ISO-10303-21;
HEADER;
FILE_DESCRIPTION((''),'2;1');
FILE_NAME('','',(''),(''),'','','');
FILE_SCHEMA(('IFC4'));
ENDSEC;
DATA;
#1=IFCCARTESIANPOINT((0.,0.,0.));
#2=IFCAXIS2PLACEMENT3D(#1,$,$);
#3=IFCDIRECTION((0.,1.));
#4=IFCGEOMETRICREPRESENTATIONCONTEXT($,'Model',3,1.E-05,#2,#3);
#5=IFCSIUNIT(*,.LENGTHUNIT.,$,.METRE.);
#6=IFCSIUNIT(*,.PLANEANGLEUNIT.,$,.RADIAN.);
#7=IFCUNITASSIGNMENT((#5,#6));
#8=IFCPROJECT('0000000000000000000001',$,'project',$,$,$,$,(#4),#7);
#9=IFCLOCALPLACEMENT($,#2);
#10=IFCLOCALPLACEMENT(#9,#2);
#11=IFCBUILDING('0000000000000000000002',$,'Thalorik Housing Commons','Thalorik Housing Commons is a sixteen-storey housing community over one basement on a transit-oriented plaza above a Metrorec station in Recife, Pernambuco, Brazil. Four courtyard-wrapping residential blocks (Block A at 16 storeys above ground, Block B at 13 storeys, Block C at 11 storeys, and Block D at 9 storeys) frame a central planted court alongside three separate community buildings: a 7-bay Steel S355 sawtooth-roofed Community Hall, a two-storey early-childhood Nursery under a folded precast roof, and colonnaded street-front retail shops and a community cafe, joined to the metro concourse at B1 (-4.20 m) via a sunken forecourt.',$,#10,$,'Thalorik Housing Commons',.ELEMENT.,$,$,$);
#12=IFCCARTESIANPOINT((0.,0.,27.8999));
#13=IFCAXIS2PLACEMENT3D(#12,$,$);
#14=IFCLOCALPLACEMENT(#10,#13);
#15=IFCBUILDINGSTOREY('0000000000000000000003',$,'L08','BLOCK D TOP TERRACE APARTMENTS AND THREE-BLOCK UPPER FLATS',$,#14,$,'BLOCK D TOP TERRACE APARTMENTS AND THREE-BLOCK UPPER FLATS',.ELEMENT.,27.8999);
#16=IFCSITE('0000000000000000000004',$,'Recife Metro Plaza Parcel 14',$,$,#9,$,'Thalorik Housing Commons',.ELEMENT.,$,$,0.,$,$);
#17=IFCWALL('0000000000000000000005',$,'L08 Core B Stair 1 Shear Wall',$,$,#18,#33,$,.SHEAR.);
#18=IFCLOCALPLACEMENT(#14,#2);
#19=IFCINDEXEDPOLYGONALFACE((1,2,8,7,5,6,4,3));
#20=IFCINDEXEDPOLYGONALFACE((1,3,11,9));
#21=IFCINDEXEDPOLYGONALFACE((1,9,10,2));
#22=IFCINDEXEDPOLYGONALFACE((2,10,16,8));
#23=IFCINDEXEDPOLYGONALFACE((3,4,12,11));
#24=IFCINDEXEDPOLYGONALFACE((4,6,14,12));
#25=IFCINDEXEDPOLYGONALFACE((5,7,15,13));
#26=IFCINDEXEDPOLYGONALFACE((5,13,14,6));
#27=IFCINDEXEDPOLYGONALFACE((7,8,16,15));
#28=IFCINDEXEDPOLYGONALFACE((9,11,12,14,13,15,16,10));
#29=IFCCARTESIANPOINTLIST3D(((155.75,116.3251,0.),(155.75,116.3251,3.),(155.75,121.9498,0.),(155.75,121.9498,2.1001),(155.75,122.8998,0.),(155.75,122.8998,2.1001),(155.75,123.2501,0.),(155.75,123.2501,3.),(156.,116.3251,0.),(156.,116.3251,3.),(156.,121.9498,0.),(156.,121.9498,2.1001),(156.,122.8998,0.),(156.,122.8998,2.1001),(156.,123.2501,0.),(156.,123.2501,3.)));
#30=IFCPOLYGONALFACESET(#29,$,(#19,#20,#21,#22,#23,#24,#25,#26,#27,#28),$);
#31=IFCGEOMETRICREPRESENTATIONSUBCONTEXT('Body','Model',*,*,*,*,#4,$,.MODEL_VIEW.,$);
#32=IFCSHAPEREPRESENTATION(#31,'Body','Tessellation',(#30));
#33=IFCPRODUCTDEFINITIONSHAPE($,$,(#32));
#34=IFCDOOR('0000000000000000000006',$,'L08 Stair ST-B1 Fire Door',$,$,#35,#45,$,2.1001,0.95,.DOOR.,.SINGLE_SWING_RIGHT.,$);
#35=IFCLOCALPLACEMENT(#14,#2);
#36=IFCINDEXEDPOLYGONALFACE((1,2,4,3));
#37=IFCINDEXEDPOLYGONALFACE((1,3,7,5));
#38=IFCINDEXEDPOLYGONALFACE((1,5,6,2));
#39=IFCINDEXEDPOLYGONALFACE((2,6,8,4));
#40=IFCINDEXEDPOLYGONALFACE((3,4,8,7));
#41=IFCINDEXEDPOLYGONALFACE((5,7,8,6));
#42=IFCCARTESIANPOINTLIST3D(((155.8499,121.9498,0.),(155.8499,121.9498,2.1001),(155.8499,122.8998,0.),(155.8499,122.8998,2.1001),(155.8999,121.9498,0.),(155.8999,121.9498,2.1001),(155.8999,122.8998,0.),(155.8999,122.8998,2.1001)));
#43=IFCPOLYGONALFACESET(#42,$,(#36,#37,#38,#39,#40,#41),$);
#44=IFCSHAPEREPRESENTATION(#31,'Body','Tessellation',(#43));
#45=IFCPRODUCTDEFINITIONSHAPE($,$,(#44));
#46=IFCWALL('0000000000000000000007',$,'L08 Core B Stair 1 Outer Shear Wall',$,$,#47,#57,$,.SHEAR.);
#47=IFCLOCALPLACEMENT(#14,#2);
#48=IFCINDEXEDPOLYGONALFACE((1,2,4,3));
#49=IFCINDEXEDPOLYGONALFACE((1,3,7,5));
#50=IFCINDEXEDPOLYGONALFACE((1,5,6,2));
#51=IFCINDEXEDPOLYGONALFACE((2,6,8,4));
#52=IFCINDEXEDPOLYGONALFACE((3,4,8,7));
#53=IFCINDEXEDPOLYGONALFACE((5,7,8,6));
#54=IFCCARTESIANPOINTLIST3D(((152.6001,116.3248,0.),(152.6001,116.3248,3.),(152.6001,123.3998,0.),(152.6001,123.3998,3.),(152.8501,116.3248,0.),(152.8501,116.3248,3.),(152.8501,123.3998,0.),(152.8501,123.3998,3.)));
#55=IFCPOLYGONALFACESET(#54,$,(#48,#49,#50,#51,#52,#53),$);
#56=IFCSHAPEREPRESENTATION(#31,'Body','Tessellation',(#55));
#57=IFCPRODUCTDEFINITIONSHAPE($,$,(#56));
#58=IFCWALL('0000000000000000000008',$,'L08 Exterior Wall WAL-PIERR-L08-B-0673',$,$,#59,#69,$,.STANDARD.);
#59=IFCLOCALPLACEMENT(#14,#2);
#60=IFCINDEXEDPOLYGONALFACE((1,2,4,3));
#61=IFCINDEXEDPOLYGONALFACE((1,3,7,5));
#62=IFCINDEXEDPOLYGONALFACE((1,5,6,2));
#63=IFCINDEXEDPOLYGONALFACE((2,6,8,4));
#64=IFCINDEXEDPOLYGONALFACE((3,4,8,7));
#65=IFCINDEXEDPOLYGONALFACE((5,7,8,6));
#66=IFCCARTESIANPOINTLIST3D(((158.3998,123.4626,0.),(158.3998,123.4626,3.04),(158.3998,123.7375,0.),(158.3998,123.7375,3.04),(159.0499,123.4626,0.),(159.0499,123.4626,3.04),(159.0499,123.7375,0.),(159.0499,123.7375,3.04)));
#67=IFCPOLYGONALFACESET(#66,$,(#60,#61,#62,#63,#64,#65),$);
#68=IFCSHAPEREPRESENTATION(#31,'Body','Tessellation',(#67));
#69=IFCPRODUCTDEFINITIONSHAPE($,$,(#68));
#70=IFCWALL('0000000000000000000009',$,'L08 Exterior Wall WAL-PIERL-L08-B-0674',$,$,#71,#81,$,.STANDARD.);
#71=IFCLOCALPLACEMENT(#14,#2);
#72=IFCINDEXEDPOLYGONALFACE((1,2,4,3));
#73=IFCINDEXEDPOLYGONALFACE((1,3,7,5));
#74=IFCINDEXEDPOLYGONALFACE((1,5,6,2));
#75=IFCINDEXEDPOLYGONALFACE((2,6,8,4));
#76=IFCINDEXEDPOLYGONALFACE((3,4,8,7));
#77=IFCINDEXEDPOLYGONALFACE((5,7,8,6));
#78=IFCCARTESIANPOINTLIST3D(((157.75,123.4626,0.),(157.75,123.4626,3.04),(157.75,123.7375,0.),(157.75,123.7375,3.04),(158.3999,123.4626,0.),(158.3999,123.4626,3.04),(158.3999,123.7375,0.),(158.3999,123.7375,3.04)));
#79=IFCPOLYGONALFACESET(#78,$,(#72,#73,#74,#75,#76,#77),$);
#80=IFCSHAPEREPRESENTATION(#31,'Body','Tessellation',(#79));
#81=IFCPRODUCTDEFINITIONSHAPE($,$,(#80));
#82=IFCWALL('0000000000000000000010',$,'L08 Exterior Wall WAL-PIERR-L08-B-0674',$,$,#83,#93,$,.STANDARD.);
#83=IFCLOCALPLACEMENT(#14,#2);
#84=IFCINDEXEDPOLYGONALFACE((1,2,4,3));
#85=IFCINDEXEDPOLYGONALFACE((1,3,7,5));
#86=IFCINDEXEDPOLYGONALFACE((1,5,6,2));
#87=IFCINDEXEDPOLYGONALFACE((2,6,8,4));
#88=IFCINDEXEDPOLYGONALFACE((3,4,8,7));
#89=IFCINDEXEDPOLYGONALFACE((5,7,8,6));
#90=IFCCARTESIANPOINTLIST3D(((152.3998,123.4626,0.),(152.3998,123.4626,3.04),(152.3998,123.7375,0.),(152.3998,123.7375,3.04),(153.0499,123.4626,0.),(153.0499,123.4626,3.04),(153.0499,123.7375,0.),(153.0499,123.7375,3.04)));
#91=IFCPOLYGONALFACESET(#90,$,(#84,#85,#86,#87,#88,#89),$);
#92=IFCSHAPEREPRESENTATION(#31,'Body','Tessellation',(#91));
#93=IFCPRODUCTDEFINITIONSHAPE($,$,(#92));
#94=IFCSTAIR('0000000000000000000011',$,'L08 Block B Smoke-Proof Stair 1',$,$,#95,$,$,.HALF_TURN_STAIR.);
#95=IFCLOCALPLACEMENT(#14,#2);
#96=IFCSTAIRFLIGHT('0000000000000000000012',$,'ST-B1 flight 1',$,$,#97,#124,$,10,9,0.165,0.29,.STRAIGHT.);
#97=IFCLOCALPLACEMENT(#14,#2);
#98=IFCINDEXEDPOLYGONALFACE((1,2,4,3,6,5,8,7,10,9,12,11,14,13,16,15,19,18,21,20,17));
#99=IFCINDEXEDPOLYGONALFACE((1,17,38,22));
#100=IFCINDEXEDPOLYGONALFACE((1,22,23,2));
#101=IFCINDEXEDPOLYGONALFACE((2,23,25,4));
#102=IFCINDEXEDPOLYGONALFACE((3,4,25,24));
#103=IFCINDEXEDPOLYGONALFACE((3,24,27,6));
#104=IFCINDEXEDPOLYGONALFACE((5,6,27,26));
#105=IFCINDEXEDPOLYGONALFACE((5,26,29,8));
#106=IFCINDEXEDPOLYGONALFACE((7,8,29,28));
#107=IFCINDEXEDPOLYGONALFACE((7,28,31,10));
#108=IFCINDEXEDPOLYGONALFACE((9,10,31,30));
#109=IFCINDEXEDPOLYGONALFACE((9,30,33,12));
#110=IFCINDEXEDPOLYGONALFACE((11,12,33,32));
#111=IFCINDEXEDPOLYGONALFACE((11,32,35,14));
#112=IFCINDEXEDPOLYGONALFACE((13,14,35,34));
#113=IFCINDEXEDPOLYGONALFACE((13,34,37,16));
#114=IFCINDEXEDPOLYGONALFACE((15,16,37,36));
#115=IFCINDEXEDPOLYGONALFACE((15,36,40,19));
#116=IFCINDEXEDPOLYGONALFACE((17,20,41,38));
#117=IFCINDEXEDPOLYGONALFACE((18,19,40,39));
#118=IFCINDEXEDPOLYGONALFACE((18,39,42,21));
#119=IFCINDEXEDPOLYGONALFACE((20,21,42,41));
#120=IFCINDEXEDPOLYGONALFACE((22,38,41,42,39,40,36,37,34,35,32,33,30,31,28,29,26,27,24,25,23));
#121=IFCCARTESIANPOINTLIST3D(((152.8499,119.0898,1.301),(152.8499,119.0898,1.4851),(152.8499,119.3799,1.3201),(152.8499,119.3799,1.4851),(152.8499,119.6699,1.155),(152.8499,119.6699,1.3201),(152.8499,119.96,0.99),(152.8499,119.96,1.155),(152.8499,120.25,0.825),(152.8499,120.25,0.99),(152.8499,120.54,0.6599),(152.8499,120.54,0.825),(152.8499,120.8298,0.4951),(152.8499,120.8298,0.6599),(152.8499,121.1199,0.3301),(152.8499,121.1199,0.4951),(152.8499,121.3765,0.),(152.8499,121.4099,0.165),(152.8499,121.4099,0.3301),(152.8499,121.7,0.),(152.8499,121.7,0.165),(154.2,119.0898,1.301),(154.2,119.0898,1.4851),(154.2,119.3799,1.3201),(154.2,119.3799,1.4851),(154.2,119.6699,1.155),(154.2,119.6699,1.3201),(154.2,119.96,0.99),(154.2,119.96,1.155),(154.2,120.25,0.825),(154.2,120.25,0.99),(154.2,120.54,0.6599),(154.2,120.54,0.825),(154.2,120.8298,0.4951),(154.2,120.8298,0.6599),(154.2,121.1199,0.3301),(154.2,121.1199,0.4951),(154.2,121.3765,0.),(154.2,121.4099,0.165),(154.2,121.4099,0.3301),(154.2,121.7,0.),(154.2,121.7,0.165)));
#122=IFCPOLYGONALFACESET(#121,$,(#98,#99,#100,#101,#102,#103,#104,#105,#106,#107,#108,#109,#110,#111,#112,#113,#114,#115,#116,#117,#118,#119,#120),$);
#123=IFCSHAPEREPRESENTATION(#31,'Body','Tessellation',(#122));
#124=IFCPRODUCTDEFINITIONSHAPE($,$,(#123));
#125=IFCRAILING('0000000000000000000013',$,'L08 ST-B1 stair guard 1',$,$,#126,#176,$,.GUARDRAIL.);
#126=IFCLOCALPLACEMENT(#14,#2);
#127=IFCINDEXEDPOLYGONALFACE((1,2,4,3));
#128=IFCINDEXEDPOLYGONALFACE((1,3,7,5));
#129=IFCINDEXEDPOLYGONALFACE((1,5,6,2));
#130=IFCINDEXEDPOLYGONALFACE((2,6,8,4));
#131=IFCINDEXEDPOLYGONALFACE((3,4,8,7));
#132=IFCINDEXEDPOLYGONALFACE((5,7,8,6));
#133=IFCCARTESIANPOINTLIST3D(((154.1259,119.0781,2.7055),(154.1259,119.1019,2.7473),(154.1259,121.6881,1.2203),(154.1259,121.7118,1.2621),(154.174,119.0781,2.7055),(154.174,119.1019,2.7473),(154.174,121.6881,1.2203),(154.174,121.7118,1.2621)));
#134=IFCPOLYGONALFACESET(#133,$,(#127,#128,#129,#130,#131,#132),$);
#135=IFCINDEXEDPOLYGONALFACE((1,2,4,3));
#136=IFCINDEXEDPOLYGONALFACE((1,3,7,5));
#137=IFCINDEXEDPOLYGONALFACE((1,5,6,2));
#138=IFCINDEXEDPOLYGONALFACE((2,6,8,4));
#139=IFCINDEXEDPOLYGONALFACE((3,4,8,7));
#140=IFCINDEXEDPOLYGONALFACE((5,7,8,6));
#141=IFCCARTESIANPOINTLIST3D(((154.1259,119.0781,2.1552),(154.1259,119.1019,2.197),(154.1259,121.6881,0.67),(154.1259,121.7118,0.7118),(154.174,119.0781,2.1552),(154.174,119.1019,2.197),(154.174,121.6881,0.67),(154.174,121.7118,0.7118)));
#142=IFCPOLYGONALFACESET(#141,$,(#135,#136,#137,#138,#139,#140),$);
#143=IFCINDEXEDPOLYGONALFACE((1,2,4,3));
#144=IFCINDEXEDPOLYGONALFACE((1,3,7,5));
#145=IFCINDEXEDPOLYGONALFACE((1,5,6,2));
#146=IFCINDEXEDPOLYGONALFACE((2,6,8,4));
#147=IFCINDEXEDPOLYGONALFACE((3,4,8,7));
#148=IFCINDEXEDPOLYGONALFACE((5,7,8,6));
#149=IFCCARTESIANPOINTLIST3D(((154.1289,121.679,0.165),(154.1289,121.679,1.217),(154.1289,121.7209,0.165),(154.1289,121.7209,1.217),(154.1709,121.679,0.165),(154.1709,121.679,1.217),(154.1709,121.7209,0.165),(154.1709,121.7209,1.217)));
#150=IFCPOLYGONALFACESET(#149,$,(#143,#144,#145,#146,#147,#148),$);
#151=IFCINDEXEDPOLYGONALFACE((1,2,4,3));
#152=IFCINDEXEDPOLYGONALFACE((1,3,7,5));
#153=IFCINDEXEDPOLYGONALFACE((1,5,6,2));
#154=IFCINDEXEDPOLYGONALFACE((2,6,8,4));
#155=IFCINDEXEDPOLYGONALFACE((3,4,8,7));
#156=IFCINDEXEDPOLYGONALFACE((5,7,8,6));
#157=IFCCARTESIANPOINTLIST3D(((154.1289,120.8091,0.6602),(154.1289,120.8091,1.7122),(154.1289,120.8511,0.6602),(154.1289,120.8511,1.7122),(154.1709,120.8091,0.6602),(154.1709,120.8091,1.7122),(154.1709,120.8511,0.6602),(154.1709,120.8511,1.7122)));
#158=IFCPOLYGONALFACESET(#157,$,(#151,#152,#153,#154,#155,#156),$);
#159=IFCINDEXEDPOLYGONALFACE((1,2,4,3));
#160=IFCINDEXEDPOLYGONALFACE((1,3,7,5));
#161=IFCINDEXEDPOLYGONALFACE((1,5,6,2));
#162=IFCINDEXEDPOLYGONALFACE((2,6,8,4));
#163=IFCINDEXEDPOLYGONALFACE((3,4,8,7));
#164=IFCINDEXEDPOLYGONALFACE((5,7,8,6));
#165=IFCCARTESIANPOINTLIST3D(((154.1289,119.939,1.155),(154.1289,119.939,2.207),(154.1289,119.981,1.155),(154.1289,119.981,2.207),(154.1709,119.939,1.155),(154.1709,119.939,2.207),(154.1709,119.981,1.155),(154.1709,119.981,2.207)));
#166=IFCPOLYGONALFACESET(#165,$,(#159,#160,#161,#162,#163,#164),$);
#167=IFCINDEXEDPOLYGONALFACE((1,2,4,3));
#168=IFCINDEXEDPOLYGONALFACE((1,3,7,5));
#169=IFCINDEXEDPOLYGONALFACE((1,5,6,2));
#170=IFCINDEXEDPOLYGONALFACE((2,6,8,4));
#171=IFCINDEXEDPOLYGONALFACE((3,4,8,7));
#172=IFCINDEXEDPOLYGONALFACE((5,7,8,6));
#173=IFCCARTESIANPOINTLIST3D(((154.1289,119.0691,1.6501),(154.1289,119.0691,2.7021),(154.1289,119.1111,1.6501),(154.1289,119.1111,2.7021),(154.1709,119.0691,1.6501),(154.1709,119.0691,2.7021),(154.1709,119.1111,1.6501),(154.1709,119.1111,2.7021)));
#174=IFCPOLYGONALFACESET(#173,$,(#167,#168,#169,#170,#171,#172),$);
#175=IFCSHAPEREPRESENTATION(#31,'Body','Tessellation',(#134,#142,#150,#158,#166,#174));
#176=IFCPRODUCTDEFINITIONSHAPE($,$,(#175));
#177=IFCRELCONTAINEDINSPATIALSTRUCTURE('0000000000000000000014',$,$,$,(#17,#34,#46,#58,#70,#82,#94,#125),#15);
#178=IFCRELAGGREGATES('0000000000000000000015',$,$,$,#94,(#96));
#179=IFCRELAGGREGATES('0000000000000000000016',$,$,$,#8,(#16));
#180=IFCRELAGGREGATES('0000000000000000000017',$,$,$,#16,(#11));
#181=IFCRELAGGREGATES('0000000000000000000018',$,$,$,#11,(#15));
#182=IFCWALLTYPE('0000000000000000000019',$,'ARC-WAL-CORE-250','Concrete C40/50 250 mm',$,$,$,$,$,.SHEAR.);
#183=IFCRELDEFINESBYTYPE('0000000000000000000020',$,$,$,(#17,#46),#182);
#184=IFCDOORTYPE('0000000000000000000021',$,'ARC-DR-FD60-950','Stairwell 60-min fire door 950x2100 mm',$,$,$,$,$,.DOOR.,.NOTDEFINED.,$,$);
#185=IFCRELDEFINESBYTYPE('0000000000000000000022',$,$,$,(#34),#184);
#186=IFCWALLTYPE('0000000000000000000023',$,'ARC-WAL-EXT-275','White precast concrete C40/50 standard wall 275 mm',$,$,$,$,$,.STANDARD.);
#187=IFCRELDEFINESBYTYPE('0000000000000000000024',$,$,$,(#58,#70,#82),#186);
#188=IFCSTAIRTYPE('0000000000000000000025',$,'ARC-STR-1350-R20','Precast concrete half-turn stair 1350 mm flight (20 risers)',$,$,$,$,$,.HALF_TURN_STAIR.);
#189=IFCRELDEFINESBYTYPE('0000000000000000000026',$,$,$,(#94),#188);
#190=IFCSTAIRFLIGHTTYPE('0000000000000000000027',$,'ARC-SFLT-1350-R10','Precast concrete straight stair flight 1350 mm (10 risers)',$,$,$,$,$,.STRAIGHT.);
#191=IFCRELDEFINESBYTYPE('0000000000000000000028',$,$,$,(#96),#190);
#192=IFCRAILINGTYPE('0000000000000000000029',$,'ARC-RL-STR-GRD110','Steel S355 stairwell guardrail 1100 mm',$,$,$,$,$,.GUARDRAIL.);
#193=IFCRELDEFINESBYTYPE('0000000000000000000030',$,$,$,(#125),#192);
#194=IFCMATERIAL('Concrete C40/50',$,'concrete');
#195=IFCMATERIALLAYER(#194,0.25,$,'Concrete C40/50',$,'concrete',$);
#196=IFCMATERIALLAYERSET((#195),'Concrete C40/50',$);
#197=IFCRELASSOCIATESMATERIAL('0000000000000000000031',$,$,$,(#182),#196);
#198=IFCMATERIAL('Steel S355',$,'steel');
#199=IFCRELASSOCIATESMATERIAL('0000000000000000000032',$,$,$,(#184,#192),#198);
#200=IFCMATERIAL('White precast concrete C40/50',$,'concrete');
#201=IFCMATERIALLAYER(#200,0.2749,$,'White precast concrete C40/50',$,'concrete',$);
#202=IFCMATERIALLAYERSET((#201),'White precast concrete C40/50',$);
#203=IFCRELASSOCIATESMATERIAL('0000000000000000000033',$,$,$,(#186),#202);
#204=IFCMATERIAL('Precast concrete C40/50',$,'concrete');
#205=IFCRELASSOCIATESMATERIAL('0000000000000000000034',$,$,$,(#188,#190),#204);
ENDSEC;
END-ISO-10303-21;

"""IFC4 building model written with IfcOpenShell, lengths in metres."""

from ifc_helpers import new_model, si_unit, direction, frame, frame_2d, origin, origin_2d, place, context, subcontext, project, spatial, polyline, rectangle, outline, extrude, material, layer, layer_set, type_object, element, fill, aggregate, save


model = new_model("IFC4")

# Units and contexts
model_context = context("Model", 3, precision=1e-05, world=origin(), true_north=direction((0.0, 1.0)))
body_context = subcontext(model_context, "Body", "Model", "MODEL_VIEW")
ifc_project = project(units=[si_unit("LENGTHUNIT", "METRE"), si_unit("PLANEANGLEUNIT", "RADIAN")], contexts=[model_context])

# Site, building, storey
site_placement = place(None, origin())
site = spatial("IfcSite", under=ifc_project, at=site_placement, Name="Recife Metro Plaza Parcel 14", LongName="Thalorik Housing Commons", CompositionType="ELEMENT", RefElevation=0.0)
building_placement = place(site_placement, origin())
building = spatial("IfcBuilding", under=site, at=building_placement, Name="Thalorik Housing Commons", Description="Thalorik Housing Commons is a sixteen-storey housing community over one basement on a transit-oriented plaza above a Metrorec station in Recife, Pernambuco, Brazil. Four courtyard-wrapping residential blocks (Block A at 16 storeys above ground, Block B at 13 storeys, Block C at 11 storeys, and Block D at 9 storeys) frame a central planted court alongside three separate community buildings: a 7-bay Steel S355 sawtooth-roofed Community Hall, a two-storey early-childhood Nursery under a folded precast roof, and colonnaded street-front retail shops and a community cafe, joined to the metro concourse at B1 (-4.20 m) via a sunken forecourt.", LongName="Thalorik Housing Commons", CompositionType="ELEMENT")
storey_placement = place(building_placement, frame((0.0, 0.0, 27.8999)))
storey = spatial("IfcBuildingStorey", under=building, at=storey_placement, Name="L08", Description="BLOCK D TOP TERRACE APARTMENTS AND THREE-BLOCK UPPER FLATS", LongName="BLOCK D TOP TERRACE APARTMENTS AND THREE-BLOCK UPPER FLATS", CompositionType="ELEMENT", Elevation=27.8999)

# Shared definitions
ifc_material_1 = material(Name="Precast concrete C40/50", Category="concrete")

# Wall, opening, door
ifc_material_2 = material(Name="Concrete C40/50", Category="concrete")
ifc_layer_1 = layer(ifc_material_2, 0.25, Name="Concrete C40/50", Category="concrete")
ifc_layer_set_1 = layer_set([ifc_layer_1], Name="Concrete C40/50")
wall_type_1 = type_object("IfcWallType", Name="ARC-WAL-CORE-250", Description="Concrete C40/50 250 mm", PredefinedType="SHEAR", material=ifc_layer_set_1)
wall_1_placement = place(storey_placement, frame((155.875, 123.25, 0.0), z_axis=(0.0, 0.0, 1.0), x_axis=(0.0, -1.0, 0.0)))
wall_1 = element("IfcWall", 1, at=wall_1_placement, inside=storey, type_object=wall_type_1, Name="L08 Core B Stair 1 Shear Wall", PredefinedType="SHEAR", context=body_context, shape_type="SweptSolid", body=[
    extrude(rectangle(XDim=6.925, YDim=0.25, at=frame_2d((3.4624, 0.0))), origin(), (0.0, 0.0, 1.0), 3.0),
])
opening_placement = place(wall_1_placement, frame((0.3501, 0.0, 0.0)))
opening = element("IfcOpeningElement", 2, at=opening_placement, cuts=wall_1, PredefinedType="OPENING", context=body_context, shape_type="SweptSolid", body=[
    extrude(rectangle(XDim=0.95, YDim=2.1001, at=frame_2d((0.4751, 1.05))), frame((0.0, 0.135, 0.0), z_axis=(0.0, -1.0, 0.0), x_axis=(1.0, 0.0, 0.0)), (0.0, 0.0, 1.0), 0.27),
])
ifc_material_3 = material(Name="Steel S355", Category="steel")
door_type = type_object("IfcDoorType", Name="ARC-DR-FD60-950", Description="Stairwell 60-min fire door 950x2100 mm", OperationType="NOTDEFINED", PredefinedType="DOOR", material=ifc_material_3)
door_placement = place(opening_placement, origin())
door = element("IfcDoor", 3, at=door_placement, inside=storey, type_object=door_type, Name="L08 Stair ST-B1 Fire Door", OperationType="SINGLE_SWING_RIGHT", OverallHeight=2.1001, OverallWidth=0.95, PredefinedType="DOOR", context=body_context, shape_type="SweptSolid", body=[
    extrude(rectangle(XDim=0.95, YDim=2.1001, at=frame_2d((0.4751, 1.05))), frame((0.0, 0.0249, 0.0), z_axis=(0.0, -1.0, 0.0), x_axis=(1.0, 0.0, 0.0)), (0.0, 0.0, 1.0), 0.05),
])
fill(opening, door)

# Walls
wall_2_placement = place(storey_placement, frame((152.7251, 123.3999, 0.0), z_axis=(0.0, 0.0, 1.0), x_axis=(0.0, -1.0, 0.0)))
element("IfcWall", 4, at=wall_2_placement, inside=storey, type_object=wall_type_1, Name="L08 Core B Stair 1 Outer Shear Wall", PredefinedType="SHEAR", context=body_context, shape_type="SweptSolid", body=[
    extrude(rectangle(XDim=7.075, YDim=0.25, at=frame_2d((3.5376, 0.0))), origin(), (0.0, 0.0, 1.0), 3.0),
])
ifc_material_4 = material(Name="White precast concrete C40/50", Category="concrete")
ifc_layer_2 = layer(ifc_material_4, 0.2749, Name="White precast concrete C40/50", Category="concrete")
ifc_layer_set_2 = layer_set([ifc_layer_2], Name="White precast concrete C40/50")
wall_type_2 = type_object("IfcWallType", Name="ARC-WAL-EXT-275", Description="White precast concrete C40/50 standard wall 275 mm", PredefinedType="STANDARD", material=ifc_layer_set_2)
wall_3_placement = place(storey_placement, frame((159.05, 123.6001, 0.0), z_axis=(0.0, 0.0, 1.0), x_axis=(-1.0, 0.0, 0.0)))
element("IfcWall", 5, at=wall_3_placement, inside=storey, type_object=wall_type_2, Name="L08 Exterior Wall WAL-PIERR-L08-B-0673", PredefinedType="STANDARD", context=body_context, shape_type="SweptSolid", body=[
    extrude(rectangle(XDim=0.6501, YDim=0.2749, at=frame_2d((0.3252, 0.0))), origin(), (0.0, 0.0, 1.0), 3.04),
])
wall_4_placement = place(storey_placement, frame((158.3999, 123.6001, 0.0), z_axis=(0.0, 0.0, 1.0), x_axis=(-1.0, 0.0, 0.0)))
element("IfcWall", 6, at=wall_4_placement, inside=storey, type_object=wall_type_2, Name="L08 Exterior Wall WAL-PIERL-L08-B-0674", PredefinedType="STANDARD", context=body_context, shape_type="SweptSolid", body=[
    extrude(rectangle(XDim=0.6499, YDim=0.2749, at=frame_2d((0.325, 0.0))), origin(), (0.0, 0.0, 1.0), 3.04),
])
wall_5_placement = place(storey_placement, frame((153.05, 123.6001, 0.0), z_axis=(0.0, 0.0, 1.0), x_axis=(-1.0, 0.0, 0.0)))
element("IfcWall", 7, at=wall_5_placement, inside=storey, type_object=wall_type_2, Name="L08 Exterior Wall WAL-PIERR-L08-B-0674", PredefinedType="STANDARD", context=body_context, shape_type="SweptSolid", body=[
    extrude(rectangle(XDim=0.6501, YDim=0.2749, at=frame_2d((0.3252, 0.0))), origin(), (0.0, 0.0, 1.0), 3.04),
])

# Stair, stair flight
stair_type = type_object("IfcStairType", Name="ARC-STR-1350-R20", Description="Precast concrete half-turn stair 1350 mm flight (20 risers)", PredefinedType="HALF_TURN_STAIR", material=ifc_material_1)
stair_placement = place(storey_placement, origin())
stair = element("IfcStair", 8, at=stair_placement, inside=storey, type_object=stair_type, Name="L08 Block B Smoke-Proof Stair 1", PredefinedType="HALF_TURN_STAIR")
stair_flight_type = type_object("IfcStairFlightType", Name="ARC-SFLT-1350-R10", Description="Precast concrete straight stair flight 1350 mm (10 risers)", PredefinedType="STRAIGHT", material=ifc_material_1)
stair_flight_placement = place(storey_placement, frame((153.5249, 121.7, 0.0), z_axis=(0.0, 0.0, 1.0), x_axis=(0.0, -1.0, 0.0)))
stair_flight = element("IfcStairFlight", 9, at=stair_flight_placement, type_object=stair_flight_type, Name="ST-B1 flight 1", NumberOfRisers=10, NumberOfTreads=9, PredefinedType="STRAIGHT", RiserHeight=0.165, TreadLength=0.29, context=body_context, shape_type="SweptSolid", body=[
    extrude(outline(polyline([(0.0, 0.0), (0.0, 0.165), (0.29, 0.165), (0.29, 0.3301), (0.5801, 0.3301), (0.5801, 0.4951), (0.8701, 0.4951), (0.8701, 0.6599), (1.1599, 0.6599), (1.1599, 0.825), (1.45, 0.825), (1.45, 0.99), (1.74, 0.99), (1.74, 1.155), (2.03, 1.155), (2.03, 1.3201), (2.3201, 1.3201), (2.3201, 1.4851), (2.6101, 1.4851), (2.6101, 1.6499), (2.6101, 1.301), (0.3235, 0.0), (0.0, 0.0)])), frame((0.0, 0.675, 0.0), z_axis=(0.0, -1.0, 0.0), x_axis=(1.0, 0.0, 0.0)), (0.0, 0.0, 1.0), 1.3501),
])
aggregate(stair, [stair_flight])

# Railing
railing_type_1 = type_object("IfcRailingType", Name="ARC-RL-STR-GRD110", Description="Steel S355 stairwell guardrail 1100 mm", PredefinedType="GUARDRAIL", material=ifc_material_3)
railing_1_placement = place(storey_placement, frame((154.1499, 121.7, 0.165)))
element("IfcRailing", 10, at=railing_1_placement, inside=storey, type_object=railing_type_1, Name="L08 ST-B1 stair guard 1", PredefinedType="GUARDRAIL", context=body_context, shape_type="SweptSolid", body=[
    extrude(rectangle(XDim=0.0481, YDim=0.0481, at=origin_2d()), frame((0.0, 0.0, 1.0762), z_axis=(0.0, -0.869137, 0.494571), x_axis=(1.0, 0.0, 0.0)), (0.0, 0.0, 1.0), 3.0029),
    extrude(rectangle(XDim=0.0481, YDim=0.0481, at=origin_2d()), frame((0.0, 0.0, 0.5259), z_axis=(0.0, -0.869137, 0.494571), x_axis=(1.0, 0.0, 0.0)), (0.0, 0.0, 1.0), 3.0029),
    extrude(rectangle(XDim=0.042, YDim=0.042, at=origin_2d()), origin(), (0.0, 0.0, 1.0), 1.052),
    extrude(rectangle(XDim=0.042, YDim=0.042, at=origin_2d()), frame((0.0, -0.8699, 0.4951)), (0.0, 0.0, 1.0), 1.052),
    extrude(rectangle(XDim=0.042, YDim=0.042, at=origin_2d()), frame((0.0, -1.74, 0.99)), (0.0, 0.0, 1.0), 1.052),
    extrude(rectangle(XDim=0.042, YDim=0.042, at=origin_2d()), frame((0.0, -2.6099, 1.4851)), (0.0, 0.0, 1.0), 1.052),
])

save(model, "model.ifc")
